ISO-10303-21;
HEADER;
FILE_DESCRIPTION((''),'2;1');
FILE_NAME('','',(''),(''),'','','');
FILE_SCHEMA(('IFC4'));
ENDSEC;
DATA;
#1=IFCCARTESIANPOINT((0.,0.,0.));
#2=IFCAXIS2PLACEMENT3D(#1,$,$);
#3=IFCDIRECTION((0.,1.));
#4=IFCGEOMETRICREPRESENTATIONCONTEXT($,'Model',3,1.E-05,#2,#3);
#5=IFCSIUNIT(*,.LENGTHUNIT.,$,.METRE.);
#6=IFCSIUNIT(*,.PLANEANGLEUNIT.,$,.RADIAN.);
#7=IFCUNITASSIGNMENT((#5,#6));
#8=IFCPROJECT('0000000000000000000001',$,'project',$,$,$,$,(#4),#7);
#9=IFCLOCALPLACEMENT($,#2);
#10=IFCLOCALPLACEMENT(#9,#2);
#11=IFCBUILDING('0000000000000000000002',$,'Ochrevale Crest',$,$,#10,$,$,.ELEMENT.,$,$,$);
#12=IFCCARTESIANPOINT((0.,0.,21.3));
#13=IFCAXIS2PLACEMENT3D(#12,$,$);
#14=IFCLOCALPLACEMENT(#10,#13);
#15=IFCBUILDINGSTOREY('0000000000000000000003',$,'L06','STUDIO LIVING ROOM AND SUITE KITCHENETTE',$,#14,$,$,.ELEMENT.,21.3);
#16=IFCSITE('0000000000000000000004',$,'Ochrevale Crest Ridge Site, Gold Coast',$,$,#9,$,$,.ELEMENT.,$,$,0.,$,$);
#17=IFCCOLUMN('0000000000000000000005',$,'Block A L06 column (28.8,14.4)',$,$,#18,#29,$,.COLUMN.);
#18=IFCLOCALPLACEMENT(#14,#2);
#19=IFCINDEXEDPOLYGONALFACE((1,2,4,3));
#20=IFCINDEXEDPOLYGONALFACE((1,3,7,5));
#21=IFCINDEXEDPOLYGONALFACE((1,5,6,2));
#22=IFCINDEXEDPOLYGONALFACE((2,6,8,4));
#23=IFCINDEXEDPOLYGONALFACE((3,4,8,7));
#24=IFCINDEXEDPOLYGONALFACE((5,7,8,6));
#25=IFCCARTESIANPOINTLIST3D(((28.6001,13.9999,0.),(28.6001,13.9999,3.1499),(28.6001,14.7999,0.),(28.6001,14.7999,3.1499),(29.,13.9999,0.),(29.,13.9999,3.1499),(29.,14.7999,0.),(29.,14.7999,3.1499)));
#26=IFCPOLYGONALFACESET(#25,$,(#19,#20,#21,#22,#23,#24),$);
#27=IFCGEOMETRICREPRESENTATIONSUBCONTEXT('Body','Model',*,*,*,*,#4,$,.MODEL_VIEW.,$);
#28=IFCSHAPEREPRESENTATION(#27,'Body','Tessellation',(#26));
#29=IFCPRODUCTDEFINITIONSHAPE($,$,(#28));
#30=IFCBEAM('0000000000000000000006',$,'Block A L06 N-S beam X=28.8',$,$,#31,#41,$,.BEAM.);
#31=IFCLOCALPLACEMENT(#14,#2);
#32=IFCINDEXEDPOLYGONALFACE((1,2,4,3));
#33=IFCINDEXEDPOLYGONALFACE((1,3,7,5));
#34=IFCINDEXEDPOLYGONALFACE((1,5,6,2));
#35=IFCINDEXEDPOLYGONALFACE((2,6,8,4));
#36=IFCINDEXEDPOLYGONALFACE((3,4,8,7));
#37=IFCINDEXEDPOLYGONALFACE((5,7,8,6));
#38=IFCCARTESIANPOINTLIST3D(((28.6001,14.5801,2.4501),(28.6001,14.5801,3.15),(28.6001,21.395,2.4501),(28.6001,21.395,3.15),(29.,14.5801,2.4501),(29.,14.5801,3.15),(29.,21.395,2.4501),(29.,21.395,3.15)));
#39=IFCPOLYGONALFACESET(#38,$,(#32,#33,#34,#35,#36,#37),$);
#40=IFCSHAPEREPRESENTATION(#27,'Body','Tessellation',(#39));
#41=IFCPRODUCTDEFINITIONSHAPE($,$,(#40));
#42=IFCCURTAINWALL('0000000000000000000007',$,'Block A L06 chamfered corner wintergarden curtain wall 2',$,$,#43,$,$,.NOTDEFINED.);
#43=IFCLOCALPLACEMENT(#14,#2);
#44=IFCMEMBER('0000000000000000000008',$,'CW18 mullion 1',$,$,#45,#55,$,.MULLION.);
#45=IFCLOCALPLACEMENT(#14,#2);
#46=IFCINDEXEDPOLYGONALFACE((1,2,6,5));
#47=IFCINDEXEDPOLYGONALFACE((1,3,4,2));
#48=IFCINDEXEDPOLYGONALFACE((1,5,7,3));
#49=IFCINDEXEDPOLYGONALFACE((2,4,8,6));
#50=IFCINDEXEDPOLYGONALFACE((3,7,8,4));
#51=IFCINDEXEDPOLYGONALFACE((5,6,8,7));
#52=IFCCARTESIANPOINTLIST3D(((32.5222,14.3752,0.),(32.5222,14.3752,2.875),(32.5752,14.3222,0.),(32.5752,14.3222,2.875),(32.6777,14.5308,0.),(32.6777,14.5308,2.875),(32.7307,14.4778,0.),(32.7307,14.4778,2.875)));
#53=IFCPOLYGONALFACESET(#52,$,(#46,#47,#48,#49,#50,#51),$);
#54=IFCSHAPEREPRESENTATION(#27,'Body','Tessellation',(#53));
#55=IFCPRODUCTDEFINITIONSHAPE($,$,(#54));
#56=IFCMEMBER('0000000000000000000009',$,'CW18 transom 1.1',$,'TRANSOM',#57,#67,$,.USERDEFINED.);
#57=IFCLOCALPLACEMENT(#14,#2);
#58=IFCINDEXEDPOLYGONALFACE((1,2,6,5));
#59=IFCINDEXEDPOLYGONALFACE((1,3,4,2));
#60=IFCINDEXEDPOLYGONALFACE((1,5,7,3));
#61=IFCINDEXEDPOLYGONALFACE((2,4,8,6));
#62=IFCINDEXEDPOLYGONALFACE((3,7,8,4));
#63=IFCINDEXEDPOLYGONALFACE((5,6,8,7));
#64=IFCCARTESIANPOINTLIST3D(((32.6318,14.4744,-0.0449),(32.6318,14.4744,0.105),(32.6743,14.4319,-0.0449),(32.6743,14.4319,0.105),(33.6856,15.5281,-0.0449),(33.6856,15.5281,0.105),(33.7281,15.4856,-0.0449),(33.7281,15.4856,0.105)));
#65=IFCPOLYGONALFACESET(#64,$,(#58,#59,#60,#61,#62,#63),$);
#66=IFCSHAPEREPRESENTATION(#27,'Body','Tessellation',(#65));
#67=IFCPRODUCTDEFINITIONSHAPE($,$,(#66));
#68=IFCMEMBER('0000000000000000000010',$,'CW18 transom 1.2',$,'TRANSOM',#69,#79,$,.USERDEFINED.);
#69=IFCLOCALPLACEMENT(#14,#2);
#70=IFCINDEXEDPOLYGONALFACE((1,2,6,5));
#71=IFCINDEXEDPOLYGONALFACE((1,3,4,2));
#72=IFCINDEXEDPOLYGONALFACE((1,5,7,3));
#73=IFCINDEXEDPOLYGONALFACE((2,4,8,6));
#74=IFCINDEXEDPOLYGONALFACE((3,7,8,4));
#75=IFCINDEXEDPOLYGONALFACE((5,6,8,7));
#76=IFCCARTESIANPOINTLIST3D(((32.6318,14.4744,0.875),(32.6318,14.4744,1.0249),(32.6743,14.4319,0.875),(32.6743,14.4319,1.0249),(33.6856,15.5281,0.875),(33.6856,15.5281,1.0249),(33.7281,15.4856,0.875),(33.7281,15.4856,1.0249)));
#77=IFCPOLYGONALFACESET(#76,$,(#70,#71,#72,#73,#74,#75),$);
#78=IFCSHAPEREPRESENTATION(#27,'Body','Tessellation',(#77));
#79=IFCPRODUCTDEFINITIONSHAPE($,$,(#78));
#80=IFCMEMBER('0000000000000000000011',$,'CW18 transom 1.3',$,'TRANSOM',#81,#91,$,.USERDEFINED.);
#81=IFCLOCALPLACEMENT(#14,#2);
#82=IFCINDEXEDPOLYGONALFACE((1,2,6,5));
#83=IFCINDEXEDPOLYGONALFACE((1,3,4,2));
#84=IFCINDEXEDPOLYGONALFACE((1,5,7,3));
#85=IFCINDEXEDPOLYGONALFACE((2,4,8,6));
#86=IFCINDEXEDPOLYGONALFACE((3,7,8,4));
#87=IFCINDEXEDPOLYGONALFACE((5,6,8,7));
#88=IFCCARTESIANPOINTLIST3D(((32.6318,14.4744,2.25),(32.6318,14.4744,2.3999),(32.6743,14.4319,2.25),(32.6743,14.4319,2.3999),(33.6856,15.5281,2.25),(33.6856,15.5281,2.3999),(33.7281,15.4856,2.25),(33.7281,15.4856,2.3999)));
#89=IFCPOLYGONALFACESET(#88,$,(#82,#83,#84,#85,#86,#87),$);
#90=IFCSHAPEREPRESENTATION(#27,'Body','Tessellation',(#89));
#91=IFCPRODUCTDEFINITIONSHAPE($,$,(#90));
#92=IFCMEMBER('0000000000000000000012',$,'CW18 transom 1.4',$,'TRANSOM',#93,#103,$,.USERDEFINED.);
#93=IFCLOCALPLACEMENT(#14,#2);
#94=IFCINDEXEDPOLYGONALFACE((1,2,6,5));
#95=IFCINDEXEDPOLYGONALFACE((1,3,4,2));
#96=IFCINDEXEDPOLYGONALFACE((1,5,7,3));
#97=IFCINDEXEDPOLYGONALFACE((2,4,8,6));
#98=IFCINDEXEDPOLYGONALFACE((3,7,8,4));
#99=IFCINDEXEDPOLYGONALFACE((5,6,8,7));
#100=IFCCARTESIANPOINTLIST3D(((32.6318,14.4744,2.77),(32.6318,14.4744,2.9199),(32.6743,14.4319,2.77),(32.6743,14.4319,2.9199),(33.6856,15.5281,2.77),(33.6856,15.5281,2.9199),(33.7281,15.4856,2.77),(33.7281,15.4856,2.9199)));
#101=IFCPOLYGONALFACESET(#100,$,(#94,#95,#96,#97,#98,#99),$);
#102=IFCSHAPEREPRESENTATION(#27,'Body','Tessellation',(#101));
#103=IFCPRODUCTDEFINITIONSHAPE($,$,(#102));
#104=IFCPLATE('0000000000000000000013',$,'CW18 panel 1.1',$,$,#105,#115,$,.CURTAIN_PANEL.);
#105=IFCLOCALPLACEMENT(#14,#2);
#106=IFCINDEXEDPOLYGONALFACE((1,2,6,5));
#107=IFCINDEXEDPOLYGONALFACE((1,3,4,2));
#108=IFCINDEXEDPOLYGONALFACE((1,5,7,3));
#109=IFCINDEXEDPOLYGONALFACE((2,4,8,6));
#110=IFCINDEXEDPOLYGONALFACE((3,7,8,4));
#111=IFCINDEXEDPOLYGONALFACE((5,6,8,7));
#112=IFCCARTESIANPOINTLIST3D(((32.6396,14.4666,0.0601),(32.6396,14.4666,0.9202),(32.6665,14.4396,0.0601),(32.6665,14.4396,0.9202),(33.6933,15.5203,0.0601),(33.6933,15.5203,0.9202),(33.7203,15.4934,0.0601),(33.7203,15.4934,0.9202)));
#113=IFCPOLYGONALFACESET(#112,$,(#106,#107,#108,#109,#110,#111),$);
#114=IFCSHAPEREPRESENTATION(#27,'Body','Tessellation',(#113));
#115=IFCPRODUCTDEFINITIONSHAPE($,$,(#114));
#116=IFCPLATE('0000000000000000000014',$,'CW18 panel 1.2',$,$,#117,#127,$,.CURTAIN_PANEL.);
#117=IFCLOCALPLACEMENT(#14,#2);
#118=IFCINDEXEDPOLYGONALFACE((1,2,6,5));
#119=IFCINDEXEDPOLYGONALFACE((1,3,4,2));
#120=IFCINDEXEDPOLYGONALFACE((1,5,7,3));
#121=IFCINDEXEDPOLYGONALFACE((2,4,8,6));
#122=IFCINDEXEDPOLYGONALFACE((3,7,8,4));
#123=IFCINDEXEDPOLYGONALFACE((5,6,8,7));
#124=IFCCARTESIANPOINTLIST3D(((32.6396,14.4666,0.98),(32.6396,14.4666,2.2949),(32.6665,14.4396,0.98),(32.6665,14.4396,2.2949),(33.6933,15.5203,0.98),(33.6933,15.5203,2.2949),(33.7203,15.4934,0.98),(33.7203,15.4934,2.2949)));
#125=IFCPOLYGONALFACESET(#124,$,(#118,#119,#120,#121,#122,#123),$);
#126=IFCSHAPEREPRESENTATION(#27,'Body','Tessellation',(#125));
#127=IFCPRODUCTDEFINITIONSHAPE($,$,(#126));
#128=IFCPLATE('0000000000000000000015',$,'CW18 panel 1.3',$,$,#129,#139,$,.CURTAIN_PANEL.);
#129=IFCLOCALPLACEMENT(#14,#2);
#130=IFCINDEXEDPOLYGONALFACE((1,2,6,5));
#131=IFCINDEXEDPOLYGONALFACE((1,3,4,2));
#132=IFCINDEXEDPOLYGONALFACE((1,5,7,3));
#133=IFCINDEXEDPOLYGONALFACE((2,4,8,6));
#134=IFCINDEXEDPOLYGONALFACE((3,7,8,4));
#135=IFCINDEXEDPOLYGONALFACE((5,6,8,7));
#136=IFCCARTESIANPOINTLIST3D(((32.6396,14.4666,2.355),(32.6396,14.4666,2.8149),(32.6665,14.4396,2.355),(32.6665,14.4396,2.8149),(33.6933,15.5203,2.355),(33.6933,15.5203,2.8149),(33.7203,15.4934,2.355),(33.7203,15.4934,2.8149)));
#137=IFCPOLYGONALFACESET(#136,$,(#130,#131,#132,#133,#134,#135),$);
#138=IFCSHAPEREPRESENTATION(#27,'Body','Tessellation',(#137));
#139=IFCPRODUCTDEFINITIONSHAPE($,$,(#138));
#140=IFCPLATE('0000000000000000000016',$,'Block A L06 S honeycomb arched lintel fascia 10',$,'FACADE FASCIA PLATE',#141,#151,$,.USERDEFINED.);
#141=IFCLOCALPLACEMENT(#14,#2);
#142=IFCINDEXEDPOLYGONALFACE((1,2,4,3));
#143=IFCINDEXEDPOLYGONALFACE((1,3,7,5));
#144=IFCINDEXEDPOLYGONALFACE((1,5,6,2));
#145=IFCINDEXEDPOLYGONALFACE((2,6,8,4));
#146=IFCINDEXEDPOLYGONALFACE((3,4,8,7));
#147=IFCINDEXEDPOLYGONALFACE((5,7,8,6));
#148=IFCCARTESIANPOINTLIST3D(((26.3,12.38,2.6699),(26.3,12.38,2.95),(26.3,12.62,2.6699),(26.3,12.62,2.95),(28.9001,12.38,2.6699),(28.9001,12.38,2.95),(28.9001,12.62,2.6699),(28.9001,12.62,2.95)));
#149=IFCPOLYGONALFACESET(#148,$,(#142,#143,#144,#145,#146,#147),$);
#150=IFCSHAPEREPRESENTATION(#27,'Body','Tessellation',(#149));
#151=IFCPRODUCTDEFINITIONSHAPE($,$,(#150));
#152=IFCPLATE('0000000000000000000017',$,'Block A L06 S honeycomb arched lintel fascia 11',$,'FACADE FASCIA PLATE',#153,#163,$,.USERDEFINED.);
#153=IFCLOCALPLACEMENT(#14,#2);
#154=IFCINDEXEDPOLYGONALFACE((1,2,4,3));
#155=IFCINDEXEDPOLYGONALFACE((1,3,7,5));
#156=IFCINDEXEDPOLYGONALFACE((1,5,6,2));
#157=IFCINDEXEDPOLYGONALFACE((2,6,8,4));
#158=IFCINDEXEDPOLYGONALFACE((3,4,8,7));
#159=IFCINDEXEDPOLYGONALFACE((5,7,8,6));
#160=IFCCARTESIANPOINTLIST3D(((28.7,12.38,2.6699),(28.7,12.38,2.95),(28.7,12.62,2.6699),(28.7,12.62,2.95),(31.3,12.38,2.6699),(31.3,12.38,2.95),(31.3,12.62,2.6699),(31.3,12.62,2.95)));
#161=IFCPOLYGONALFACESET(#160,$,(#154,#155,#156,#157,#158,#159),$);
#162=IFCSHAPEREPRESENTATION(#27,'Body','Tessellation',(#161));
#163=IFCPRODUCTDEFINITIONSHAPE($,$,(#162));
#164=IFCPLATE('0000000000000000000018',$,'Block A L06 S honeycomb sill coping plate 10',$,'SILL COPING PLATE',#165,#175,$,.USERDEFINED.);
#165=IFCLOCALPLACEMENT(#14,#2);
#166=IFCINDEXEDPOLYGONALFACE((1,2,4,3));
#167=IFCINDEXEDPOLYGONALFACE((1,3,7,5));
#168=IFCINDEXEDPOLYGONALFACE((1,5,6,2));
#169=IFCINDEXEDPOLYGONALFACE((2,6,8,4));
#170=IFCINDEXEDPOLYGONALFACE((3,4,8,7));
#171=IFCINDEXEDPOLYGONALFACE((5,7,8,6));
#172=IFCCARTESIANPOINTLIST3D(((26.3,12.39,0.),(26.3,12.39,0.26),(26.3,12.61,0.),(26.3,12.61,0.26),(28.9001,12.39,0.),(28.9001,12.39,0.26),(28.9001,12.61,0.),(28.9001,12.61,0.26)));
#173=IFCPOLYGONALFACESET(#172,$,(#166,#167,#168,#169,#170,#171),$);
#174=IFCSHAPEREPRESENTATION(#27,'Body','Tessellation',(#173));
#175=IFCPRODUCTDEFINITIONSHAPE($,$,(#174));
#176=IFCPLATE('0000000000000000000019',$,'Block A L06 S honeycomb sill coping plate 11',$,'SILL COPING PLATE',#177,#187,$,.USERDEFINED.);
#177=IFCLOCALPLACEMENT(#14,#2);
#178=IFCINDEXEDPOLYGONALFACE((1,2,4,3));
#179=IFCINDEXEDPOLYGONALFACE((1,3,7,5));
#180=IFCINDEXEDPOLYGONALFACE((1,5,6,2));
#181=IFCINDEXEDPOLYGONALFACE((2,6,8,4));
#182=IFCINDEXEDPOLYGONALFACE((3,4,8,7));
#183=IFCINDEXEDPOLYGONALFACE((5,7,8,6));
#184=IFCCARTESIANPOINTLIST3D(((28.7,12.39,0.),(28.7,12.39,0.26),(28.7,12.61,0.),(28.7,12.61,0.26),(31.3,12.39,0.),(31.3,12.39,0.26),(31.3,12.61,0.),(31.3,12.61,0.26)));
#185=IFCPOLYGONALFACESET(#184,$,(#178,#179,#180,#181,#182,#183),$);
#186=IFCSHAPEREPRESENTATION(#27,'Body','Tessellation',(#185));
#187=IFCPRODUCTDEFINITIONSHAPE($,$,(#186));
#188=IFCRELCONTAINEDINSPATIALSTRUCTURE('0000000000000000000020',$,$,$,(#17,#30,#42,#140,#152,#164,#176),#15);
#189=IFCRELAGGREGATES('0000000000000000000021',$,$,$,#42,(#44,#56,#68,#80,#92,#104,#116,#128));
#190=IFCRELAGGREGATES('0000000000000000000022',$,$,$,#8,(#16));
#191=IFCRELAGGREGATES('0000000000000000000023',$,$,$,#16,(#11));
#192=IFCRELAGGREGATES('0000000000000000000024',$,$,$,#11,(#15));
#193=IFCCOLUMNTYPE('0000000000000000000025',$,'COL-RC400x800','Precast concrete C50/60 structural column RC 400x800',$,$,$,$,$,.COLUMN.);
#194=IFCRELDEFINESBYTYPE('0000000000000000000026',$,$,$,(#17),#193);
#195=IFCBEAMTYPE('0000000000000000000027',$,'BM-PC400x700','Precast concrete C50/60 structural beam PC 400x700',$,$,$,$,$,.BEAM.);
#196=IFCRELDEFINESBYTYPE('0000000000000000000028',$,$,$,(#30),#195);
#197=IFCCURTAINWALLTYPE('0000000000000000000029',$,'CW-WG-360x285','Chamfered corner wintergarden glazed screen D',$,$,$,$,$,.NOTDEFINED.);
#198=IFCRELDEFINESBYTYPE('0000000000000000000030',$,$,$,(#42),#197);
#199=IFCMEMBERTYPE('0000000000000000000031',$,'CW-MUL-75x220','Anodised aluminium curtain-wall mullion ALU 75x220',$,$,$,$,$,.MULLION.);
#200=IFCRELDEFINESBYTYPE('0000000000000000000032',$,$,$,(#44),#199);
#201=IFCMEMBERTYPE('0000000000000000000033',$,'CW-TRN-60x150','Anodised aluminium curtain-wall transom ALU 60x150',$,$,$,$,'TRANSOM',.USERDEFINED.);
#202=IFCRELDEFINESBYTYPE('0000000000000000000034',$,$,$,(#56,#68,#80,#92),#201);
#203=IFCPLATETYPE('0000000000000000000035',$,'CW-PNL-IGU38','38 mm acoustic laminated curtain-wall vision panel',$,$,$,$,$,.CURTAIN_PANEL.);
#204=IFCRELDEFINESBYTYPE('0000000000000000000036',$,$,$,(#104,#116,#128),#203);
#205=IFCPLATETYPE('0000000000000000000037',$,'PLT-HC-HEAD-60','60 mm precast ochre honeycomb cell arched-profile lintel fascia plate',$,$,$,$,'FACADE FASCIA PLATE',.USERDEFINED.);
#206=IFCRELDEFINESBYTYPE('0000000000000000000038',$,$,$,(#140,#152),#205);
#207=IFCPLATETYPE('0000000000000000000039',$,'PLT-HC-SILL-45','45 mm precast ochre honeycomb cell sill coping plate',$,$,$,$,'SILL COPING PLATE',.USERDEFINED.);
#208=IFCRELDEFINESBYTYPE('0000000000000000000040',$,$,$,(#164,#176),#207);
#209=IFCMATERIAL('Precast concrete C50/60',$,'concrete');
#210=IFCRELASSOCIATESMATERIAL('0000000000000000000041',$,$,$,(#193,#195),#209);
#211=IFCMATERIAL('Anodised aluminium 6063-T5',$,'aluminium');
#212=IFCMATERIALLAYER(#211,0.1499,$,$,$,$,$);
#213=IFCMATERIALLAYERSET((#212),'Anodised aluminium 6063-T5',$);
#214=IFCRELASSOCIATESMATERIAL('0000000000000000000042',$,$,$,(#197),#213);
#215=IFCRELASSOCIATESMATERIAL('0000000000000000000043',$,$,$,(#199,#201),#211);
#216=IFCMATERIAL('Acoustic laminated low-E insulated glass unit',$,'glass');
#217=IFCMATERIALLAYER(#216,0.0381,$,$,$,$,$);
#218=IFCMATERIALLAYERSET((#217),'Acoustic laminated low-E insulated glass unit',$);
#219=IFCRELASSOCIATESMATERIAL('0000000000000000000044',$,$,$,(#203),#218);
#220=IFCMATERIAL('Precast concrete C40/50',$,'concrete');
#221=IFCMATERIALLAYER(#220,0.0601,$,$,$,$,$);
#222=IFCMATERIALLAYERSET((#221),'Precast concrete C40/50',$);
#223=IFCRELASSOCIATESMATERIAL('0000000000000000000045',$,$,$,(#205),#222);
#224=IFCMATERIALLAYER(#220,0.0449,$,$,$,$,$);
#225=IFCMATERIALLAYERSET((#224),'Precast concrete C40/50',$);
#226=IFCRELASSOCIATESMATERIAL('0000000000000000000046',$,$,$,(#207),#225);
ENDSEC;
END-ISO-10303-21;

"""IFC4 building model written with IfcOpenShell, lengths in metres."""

from ifc_helpers import new_model, si_unit, direction, frame, origin, origin_2d, place, context, subcontext, project, spatial, rectangle, extrude, material, layer, layer_set, material_profile, profile_set, type_object, element, aggregate, save


model = new_model("IFC4")

# Units and contexts
model_context = context("Model", 3, precision=1e-05, world=origin(), true_north=direction((0.0, 1.0)))
body_context = subcontext(model_context, "Body", "Model", "MODEL_VIEW")
ifc_project = project(units=[si_unit("LENGTHUNIT", "METRE"), si_unit("PLANEANGLEUNIT", "RADIAN")], contexts=[model_context])

# Site, building, storey
site_placement = place(None, origin())
site = spatial("IfcSite", under=ifc_project, at=site_placement, Name="Ochrevale Crest Ridge Site, Gold Coast", CompositionType="ELEMENT", RefElevation=0.0)
building_placement = place(site_placement, origin())
building = spatial("IfcBuilding", under=site, at=building_placement, Name="Ochrevale Crest", CompositionType="ELEMENT")
storey_placement = place(building_placement, frame((0.0, 0.0, 21.3)))
storey = spatial("IfcBuildingStorey", under=building, at=storey_placement, Name="L06", Description="STUDIO LIVING ROOM AND SUITE KITCHENETTE", CompositionType="ELEMENT", Elevation=21.3)

# Column
ifc_material_1 = material(Name="Precast concrete C50/60", Category="concrete")
ifc_material_profile_1 = material_profile(ifc_material_1, rectangle(XDim=0.3999, YDim=0.8, at=origin_2d()), Name="RC 400x800")
ifc_profile_set_1 = profile_set([ifc_material_profile_1], Name="Precast concrete C50/60")
column_type = type_object("IfcColumnType", Name="COL-RC400x800", Description="Precast concrete C50/60 structural column RC 400x800", PredefinedType="COLUMN", material=ifc_profile_set_1)
column_placement = place(storey_placement, frame((28.8, 14.3999, 0.0), z_axis=(0.0, 0.0, 1.0), x_axis=(1.0, 0.0, 0.0)))
element("IfcColumn", 1, at=column_placement, inside=storey, type_object=column_type, Name="Block A L06 column (28.8,14.4)", PredefinedType="COLUMN", context=body_context, shape_type="SweptSolid", body=[
    extrude(rectangle(XDim=0.3999, YDim=0.8, at=origin_2d()), origin(), (0.0, 0.0, 1.0), 3.1499),
])

# Beam
ifc_material_profile_2 = material_profile(ifc_material_1, rectangle(XDim=0.3999, YDim=0.7, at=origin_2d()), Name="PC 400x700")
ifc_profile_set_2 = profile_set([ifc_material_profile_2], Name="Precast concrete C50/60")
beam_type = type_object("IfcBeamType", Name="BM-PC400x700", Description="Precast concrete C50/60 structural beam PC 400x700", PredefinedType="BEAM", material=ifc_profile_set_2)
beam_placement = place(storey_placement, frame((28.8, 14.5801, 2.8), z_axis=(0.0, 1.0, 0.0), x_axis=(-1.0, 0.0, 0.0)))
element("IfcBeam", 2, at=beam_placement, inside=storey, type_object=beam_type, Name="Block A L06 N-S beam X=28.8", PredefinedType="BEAM", context=body_context, shape_type="SweptSolid", body=[
    extrude(rectangle(XDim=0.3999, YDim=0.7, at=origin_2d()), origin(), (0.0, 0.0, 1.0), 6.8149),
])

# Curtain wall, members, plates
ifc_material_2 = material(Name="Anodised aluminium 6063-T5", Category="aluminium")
ifc_layer_1 = layer(ifc_material_2, 0.1499)
ifc_layer_set_1 = layer_set([ifc_layer_1], Name="Anodised aluminium 6063-T5")
curtain_wall_type = type_object("IfcCurtainWallType", Name="CW-WG-360x285", Description="Chamfered corner wintergarden glazed screen D", PredefinedType="NOTDEFINED", material=ifc_layer_set_1)
curtain_wall_placement = place(storey_placement, origin())
curtain_wall = element("IfcCurtainWall", 3, at=curtain_wall_placement, inside=storey, type_object=curtain_wall_type, Name="Block A L06 chamfered corner wintergarden curtain wall 2", PredefinedType="NOTDEFINED")
ifc_material_profile_3 = material_profile(ifc_material_2, rectangle(XDim=0.075, YDim=0.22, at=origin_2d()), Name="ALU 75x220")
ifc_profile_set_3 = profile_set([ifc_material_profile_3], Name="Anodised aluminium 6063-T5")
member_type_1 = type_object("IfcMemberType", Name="CW-MUL-75x220", Description="Anodised aluminium curtain-wall mullion ALU 75x220", PredefinedType="MULLION", material=ifc_profile_set_3)
member_1_placement = place(storey_placement, frame((32.6265, 14.4265, 0.0), z_axis=(0.0, 0.0, 1.0), x_axis=(-0.707107, 0.707107, 0.0)))
member_1 = element("IfcMember", 4, at=member_1_placement, type_object=member_type_1, Name="CW18 mullion 1", PredefinedType="MULLION", context=body_context, shape_type="SweptSolid", body=[
    extrude(rectangle(XDim=0.075, YDim=0.22, at=origin_2d()), origin(), (0.0, 0.0, 1.0), 2.875),
])
ifc_material_profile_4 = material_profile(ifc_material_2, rectangle(XDim=0.0601, YDim=0.1499, at=origin_2d()), Name="ALU 60x150")
ifc_profile_set_4 = profile_set([ifc_material_profile_4], Name="Anodised aluminium 6063-T5")
member_type_2 = type_object("IfcMemberType", Name="CW-TRN-60x150", Description="Anodised aluminium curtain-wall transom ALU 60x150", ElementType="TRANSOM", PredefinedType="USERDEFINED", material=ifc_profile_set_4)
member_2_placement = place(storey_placement, frame((32.6531, 14.4531, 0.03), z_axis=(0.707107, 0.707107, 0.0), x_axis=(-0.707107, 0.707107, 0.0)))
member_2 = element("IfcMember", 5, at=member_2_placement, type_object=member_type_2, Name="CW18 transom 1.1", ObjectType="TRANSOM", PredefinedType="USERDEFINED", context=body_context, shape_type="SweptSolid", body=[
    extrude(rectangle(XDim=0.0601, YDim=0.1499, at=origin_2d()), origin(), (0.0, 0.0, 1.0), 1.4902),
])
member_3_placement = place(storey_placement, frame((32.6531, 14.4531, 0.95), z_axis=(0.707107, 0.707107, 0.0), x_axis=(-0.707107, 0.707107, 0.0)))
member_3 = element("IfcMember", 6, at=member_3_placement, type_object=member_type_2, Name="CW18 transom 1.2", ObjectType="TRANSOM", PredefinedType="USERDEFINED", context=body_context, shape_type="SweptSolid", body=[
    extrude(rectangle(XDim=0.0601, YDim=0.1499, at=origin_2d()), origin(), (0.0, 0.0, 1.0), 1.4902),
])
member_4_placement = place(storey_placement, frame((32.6531, 14.4531, 2.325), z_axis=(0.707107, 0.707107, 0.0), x_axis=(-0.707107, 0.707107, 0.0)))
member_4 = element("IfcMember", 7, at=member_4_placement, type_object=member_type_2, Name="CW18 transom 1.3", ObjectType="TRANSOM", PredefinedType="USERDEFINED", context=body_context, shape_type="SweptSolid", body=[
    extrude(rectangle(XDim=0.0601, YDim=0.1499, at=origin_2d()), origin(), (0.0, 0.0, 1.0), 1.4902),
])
member_5_placement = place(storey_placement, frame((32.6531, 14.4531, 2.845), z_axis=(0.707107, 0.707107, 0.0), x_axis=(-0.707107, 0.707107, 0.0)))
member_5 = element("IfcMember", 8, at=member_5_placement, type_object=member_type_2, Name="CW18 transom 1.4", ObjectType="TRANSOM", PredefinedType="USERDEFINED", context=body_context, shape_type="SweptSolid", body=[
    extrude(rectangle(XDim=0.0601, YDim=0.1499, at=origin_2d()), origin(), (0.0, 0.0, 1.0), 1.4902),
])
ifc_material_3 = material(Name="Acoustic laminated low-E insulated glass unit", Category="glass")
ifc_layer_2 = layer(ifc_material_3, 0.0381)
ifc_layer_set_2 = layer_set([ifc_layer_2], Name="Acoustic laminated low-E insulated glass unit")
plate_type_1 = type_object("IfcPlateType", Name="CW-PNL-IGU38", Description="38 mm acoustic laminated curtain-wall vision panel", PredefinedType="CURTAIN_PANEL", material=ifc_layer_set_2)
plate_1_placement = place(storey_placement, frame((33.1799, 14.98, 0.0601), z_axis=(0.0, 0.0, 1.0), x_axis=(0.707107, 0.707107, 0.0)))
plate_1 = element("IfcPlate", 9, at=plate_1_placement, type_object=plate_type_1, Name="CW18 panel 1.1", PredefinedType="CURTAIN_PANEL", context=body_context, shape_type="SweptSolid", body=[
    extrude(rectangle(XDim=1.4902, YDim=0.0381, at=origin_2d()), origin(), (0.0, 0.0, 1.0), 0.8601),
])
plate_2_placement = place(storey_placement, frame((33.1799, 14.98, 0.98), z_axis=(0.0, 0.0, 1.0), x_axis=(0.707107, 0.707107, 0.0)))
plate_2 = element("IfcPlate", 10, at=plate_2_placement, type_object=plate_type_1, Name="CW18 panel 1.2", PredefinedType="CURTAIN_PANEL", context=body_context, shape_type="SweptSolid", body=[
    extrude(rectangle(XDim=1.4902, YDim=0.0381, at=origin_2d()), origin(), (0.0, 0.0, 1.0), 1.3149),
])
plate_3_placement = place(storey_placement, frame((33.1799, 14.98, 2.355), z_axis=(0.0, 0.0, 1.0), x_axis=(0.707107, 0.707107, 0.0)))
plate_3 = element("IfcPlate", 11, at=plate_3_placement, type_object=plate_type_1, Name="CW18 panel 1.3", PredefinedType="CURTAIN_PANEL", context=body_context, shape_type="SweptSolid", body=[
    extrude(rectangle(XDim=1.4902, YDim=0.0381, at=origin_2d()), origin(), (0.0, 0.0, 1.0), 0.46),
])
aggregate(curtain_wall, [member_1, member_2, member_3, member_4, member_5, plate_1, plate_2, plate_3])

# Plates
ifc_material_4 = material(Name="Precast concrete C40/50", Category="concrete")
ifc_layer_3 = layer(ifc_material_4, 0.0601)
ifc_layer_set_3 = layer_set([ifc_layer_3], Name="Precast concrete C40/50")
plate_type_2 = type_object("IfcPlateType", Name="PLT-HC-HEAD-60", Description="60 mm precast ochre honeycomb cell arched-profile lintel fascia plate", ElementType="FACADE FASCIA PLATE", PredefinedType="USERDEFINED", material=ifc_layer_set_3)
for number, where, z_axis, x_axis, name in (
    (12, (27.6001, 12.5, 2.6699), (0.0, 0.0, 1.0), (1.0, 0.0, 0.0), "Block A L06 S honeycomb arched lintel fascia 10"),
    (13, (30.0, 12.5, 2.6699), (0.0, 0.0, 1.0), (1.0, 0.0, 0.0), "Block A L06 S honeycomb arched lintel fascia 11"),
):
    element("IfcPlate", number, at=place(storey_placement, frame(where, z_axis=z_axis, x_axis=x_axis)), inside=storey, type_object=plate_type_2, Name=name, ObjectType="FACADE FASCIA PLATE", PredefinedType="USERDEFINED", context=body_context, shape_type="SweptSolid", body=[
        extrude(rectangle(XDim=2.6001, YDim=0.24, at=origin_2d()), origin(), (0.0, 0.0, 1.0), 0.28),
    ])
ifc_layer_4 = layer(ifc_material_4, 0.0449)
ifc_layer_set_4 = layer_set([ifc_layer_4], Name="Precast concrete C40/50")
plate_type_3 = type_object("IfcPlateType", Name="PLT-HC-SILL-45", Description="45 mm precast ochre honeycomb cell sill coping plate", ElementType="SILL COPING PLATE", PredefinedType="USERDEFINED", material=ifc_layer_set_4)
for number, where, z_axis, x_axis, name in (
    (14, (27.6001, 12.5, 0.0), (0.0, 0.0, 1.0), (1.0, 0.0, 0.0), "Block A L06 S honeycomb sill coping plate 10"),
    (15, (30.0, 12.5, 0.0), (0.0, 0.0, 1.0), (1.0, 0.0, 0.0), "Block A L06 S honeycomb sill coping plate 11"),
):
    element("IfcPlate", number, at=place(storey_placement, frame(where, z_axis=z_axis, x_axis=x_axis)), inside=storey, type_object=plate_type_3, Name=name, ObjectType="SILL COPING PLATE", PredefinedType="USERDEFINED", context=body_context, shape_type="SweptSolid", body=[
        extrude(rectangle(XDim=2.6001, YDim=0.22, at=origin_2d()), origin(), (0.0, 0.0, 1.0), 0.26),
    ])

save(model, "model.ifc")
